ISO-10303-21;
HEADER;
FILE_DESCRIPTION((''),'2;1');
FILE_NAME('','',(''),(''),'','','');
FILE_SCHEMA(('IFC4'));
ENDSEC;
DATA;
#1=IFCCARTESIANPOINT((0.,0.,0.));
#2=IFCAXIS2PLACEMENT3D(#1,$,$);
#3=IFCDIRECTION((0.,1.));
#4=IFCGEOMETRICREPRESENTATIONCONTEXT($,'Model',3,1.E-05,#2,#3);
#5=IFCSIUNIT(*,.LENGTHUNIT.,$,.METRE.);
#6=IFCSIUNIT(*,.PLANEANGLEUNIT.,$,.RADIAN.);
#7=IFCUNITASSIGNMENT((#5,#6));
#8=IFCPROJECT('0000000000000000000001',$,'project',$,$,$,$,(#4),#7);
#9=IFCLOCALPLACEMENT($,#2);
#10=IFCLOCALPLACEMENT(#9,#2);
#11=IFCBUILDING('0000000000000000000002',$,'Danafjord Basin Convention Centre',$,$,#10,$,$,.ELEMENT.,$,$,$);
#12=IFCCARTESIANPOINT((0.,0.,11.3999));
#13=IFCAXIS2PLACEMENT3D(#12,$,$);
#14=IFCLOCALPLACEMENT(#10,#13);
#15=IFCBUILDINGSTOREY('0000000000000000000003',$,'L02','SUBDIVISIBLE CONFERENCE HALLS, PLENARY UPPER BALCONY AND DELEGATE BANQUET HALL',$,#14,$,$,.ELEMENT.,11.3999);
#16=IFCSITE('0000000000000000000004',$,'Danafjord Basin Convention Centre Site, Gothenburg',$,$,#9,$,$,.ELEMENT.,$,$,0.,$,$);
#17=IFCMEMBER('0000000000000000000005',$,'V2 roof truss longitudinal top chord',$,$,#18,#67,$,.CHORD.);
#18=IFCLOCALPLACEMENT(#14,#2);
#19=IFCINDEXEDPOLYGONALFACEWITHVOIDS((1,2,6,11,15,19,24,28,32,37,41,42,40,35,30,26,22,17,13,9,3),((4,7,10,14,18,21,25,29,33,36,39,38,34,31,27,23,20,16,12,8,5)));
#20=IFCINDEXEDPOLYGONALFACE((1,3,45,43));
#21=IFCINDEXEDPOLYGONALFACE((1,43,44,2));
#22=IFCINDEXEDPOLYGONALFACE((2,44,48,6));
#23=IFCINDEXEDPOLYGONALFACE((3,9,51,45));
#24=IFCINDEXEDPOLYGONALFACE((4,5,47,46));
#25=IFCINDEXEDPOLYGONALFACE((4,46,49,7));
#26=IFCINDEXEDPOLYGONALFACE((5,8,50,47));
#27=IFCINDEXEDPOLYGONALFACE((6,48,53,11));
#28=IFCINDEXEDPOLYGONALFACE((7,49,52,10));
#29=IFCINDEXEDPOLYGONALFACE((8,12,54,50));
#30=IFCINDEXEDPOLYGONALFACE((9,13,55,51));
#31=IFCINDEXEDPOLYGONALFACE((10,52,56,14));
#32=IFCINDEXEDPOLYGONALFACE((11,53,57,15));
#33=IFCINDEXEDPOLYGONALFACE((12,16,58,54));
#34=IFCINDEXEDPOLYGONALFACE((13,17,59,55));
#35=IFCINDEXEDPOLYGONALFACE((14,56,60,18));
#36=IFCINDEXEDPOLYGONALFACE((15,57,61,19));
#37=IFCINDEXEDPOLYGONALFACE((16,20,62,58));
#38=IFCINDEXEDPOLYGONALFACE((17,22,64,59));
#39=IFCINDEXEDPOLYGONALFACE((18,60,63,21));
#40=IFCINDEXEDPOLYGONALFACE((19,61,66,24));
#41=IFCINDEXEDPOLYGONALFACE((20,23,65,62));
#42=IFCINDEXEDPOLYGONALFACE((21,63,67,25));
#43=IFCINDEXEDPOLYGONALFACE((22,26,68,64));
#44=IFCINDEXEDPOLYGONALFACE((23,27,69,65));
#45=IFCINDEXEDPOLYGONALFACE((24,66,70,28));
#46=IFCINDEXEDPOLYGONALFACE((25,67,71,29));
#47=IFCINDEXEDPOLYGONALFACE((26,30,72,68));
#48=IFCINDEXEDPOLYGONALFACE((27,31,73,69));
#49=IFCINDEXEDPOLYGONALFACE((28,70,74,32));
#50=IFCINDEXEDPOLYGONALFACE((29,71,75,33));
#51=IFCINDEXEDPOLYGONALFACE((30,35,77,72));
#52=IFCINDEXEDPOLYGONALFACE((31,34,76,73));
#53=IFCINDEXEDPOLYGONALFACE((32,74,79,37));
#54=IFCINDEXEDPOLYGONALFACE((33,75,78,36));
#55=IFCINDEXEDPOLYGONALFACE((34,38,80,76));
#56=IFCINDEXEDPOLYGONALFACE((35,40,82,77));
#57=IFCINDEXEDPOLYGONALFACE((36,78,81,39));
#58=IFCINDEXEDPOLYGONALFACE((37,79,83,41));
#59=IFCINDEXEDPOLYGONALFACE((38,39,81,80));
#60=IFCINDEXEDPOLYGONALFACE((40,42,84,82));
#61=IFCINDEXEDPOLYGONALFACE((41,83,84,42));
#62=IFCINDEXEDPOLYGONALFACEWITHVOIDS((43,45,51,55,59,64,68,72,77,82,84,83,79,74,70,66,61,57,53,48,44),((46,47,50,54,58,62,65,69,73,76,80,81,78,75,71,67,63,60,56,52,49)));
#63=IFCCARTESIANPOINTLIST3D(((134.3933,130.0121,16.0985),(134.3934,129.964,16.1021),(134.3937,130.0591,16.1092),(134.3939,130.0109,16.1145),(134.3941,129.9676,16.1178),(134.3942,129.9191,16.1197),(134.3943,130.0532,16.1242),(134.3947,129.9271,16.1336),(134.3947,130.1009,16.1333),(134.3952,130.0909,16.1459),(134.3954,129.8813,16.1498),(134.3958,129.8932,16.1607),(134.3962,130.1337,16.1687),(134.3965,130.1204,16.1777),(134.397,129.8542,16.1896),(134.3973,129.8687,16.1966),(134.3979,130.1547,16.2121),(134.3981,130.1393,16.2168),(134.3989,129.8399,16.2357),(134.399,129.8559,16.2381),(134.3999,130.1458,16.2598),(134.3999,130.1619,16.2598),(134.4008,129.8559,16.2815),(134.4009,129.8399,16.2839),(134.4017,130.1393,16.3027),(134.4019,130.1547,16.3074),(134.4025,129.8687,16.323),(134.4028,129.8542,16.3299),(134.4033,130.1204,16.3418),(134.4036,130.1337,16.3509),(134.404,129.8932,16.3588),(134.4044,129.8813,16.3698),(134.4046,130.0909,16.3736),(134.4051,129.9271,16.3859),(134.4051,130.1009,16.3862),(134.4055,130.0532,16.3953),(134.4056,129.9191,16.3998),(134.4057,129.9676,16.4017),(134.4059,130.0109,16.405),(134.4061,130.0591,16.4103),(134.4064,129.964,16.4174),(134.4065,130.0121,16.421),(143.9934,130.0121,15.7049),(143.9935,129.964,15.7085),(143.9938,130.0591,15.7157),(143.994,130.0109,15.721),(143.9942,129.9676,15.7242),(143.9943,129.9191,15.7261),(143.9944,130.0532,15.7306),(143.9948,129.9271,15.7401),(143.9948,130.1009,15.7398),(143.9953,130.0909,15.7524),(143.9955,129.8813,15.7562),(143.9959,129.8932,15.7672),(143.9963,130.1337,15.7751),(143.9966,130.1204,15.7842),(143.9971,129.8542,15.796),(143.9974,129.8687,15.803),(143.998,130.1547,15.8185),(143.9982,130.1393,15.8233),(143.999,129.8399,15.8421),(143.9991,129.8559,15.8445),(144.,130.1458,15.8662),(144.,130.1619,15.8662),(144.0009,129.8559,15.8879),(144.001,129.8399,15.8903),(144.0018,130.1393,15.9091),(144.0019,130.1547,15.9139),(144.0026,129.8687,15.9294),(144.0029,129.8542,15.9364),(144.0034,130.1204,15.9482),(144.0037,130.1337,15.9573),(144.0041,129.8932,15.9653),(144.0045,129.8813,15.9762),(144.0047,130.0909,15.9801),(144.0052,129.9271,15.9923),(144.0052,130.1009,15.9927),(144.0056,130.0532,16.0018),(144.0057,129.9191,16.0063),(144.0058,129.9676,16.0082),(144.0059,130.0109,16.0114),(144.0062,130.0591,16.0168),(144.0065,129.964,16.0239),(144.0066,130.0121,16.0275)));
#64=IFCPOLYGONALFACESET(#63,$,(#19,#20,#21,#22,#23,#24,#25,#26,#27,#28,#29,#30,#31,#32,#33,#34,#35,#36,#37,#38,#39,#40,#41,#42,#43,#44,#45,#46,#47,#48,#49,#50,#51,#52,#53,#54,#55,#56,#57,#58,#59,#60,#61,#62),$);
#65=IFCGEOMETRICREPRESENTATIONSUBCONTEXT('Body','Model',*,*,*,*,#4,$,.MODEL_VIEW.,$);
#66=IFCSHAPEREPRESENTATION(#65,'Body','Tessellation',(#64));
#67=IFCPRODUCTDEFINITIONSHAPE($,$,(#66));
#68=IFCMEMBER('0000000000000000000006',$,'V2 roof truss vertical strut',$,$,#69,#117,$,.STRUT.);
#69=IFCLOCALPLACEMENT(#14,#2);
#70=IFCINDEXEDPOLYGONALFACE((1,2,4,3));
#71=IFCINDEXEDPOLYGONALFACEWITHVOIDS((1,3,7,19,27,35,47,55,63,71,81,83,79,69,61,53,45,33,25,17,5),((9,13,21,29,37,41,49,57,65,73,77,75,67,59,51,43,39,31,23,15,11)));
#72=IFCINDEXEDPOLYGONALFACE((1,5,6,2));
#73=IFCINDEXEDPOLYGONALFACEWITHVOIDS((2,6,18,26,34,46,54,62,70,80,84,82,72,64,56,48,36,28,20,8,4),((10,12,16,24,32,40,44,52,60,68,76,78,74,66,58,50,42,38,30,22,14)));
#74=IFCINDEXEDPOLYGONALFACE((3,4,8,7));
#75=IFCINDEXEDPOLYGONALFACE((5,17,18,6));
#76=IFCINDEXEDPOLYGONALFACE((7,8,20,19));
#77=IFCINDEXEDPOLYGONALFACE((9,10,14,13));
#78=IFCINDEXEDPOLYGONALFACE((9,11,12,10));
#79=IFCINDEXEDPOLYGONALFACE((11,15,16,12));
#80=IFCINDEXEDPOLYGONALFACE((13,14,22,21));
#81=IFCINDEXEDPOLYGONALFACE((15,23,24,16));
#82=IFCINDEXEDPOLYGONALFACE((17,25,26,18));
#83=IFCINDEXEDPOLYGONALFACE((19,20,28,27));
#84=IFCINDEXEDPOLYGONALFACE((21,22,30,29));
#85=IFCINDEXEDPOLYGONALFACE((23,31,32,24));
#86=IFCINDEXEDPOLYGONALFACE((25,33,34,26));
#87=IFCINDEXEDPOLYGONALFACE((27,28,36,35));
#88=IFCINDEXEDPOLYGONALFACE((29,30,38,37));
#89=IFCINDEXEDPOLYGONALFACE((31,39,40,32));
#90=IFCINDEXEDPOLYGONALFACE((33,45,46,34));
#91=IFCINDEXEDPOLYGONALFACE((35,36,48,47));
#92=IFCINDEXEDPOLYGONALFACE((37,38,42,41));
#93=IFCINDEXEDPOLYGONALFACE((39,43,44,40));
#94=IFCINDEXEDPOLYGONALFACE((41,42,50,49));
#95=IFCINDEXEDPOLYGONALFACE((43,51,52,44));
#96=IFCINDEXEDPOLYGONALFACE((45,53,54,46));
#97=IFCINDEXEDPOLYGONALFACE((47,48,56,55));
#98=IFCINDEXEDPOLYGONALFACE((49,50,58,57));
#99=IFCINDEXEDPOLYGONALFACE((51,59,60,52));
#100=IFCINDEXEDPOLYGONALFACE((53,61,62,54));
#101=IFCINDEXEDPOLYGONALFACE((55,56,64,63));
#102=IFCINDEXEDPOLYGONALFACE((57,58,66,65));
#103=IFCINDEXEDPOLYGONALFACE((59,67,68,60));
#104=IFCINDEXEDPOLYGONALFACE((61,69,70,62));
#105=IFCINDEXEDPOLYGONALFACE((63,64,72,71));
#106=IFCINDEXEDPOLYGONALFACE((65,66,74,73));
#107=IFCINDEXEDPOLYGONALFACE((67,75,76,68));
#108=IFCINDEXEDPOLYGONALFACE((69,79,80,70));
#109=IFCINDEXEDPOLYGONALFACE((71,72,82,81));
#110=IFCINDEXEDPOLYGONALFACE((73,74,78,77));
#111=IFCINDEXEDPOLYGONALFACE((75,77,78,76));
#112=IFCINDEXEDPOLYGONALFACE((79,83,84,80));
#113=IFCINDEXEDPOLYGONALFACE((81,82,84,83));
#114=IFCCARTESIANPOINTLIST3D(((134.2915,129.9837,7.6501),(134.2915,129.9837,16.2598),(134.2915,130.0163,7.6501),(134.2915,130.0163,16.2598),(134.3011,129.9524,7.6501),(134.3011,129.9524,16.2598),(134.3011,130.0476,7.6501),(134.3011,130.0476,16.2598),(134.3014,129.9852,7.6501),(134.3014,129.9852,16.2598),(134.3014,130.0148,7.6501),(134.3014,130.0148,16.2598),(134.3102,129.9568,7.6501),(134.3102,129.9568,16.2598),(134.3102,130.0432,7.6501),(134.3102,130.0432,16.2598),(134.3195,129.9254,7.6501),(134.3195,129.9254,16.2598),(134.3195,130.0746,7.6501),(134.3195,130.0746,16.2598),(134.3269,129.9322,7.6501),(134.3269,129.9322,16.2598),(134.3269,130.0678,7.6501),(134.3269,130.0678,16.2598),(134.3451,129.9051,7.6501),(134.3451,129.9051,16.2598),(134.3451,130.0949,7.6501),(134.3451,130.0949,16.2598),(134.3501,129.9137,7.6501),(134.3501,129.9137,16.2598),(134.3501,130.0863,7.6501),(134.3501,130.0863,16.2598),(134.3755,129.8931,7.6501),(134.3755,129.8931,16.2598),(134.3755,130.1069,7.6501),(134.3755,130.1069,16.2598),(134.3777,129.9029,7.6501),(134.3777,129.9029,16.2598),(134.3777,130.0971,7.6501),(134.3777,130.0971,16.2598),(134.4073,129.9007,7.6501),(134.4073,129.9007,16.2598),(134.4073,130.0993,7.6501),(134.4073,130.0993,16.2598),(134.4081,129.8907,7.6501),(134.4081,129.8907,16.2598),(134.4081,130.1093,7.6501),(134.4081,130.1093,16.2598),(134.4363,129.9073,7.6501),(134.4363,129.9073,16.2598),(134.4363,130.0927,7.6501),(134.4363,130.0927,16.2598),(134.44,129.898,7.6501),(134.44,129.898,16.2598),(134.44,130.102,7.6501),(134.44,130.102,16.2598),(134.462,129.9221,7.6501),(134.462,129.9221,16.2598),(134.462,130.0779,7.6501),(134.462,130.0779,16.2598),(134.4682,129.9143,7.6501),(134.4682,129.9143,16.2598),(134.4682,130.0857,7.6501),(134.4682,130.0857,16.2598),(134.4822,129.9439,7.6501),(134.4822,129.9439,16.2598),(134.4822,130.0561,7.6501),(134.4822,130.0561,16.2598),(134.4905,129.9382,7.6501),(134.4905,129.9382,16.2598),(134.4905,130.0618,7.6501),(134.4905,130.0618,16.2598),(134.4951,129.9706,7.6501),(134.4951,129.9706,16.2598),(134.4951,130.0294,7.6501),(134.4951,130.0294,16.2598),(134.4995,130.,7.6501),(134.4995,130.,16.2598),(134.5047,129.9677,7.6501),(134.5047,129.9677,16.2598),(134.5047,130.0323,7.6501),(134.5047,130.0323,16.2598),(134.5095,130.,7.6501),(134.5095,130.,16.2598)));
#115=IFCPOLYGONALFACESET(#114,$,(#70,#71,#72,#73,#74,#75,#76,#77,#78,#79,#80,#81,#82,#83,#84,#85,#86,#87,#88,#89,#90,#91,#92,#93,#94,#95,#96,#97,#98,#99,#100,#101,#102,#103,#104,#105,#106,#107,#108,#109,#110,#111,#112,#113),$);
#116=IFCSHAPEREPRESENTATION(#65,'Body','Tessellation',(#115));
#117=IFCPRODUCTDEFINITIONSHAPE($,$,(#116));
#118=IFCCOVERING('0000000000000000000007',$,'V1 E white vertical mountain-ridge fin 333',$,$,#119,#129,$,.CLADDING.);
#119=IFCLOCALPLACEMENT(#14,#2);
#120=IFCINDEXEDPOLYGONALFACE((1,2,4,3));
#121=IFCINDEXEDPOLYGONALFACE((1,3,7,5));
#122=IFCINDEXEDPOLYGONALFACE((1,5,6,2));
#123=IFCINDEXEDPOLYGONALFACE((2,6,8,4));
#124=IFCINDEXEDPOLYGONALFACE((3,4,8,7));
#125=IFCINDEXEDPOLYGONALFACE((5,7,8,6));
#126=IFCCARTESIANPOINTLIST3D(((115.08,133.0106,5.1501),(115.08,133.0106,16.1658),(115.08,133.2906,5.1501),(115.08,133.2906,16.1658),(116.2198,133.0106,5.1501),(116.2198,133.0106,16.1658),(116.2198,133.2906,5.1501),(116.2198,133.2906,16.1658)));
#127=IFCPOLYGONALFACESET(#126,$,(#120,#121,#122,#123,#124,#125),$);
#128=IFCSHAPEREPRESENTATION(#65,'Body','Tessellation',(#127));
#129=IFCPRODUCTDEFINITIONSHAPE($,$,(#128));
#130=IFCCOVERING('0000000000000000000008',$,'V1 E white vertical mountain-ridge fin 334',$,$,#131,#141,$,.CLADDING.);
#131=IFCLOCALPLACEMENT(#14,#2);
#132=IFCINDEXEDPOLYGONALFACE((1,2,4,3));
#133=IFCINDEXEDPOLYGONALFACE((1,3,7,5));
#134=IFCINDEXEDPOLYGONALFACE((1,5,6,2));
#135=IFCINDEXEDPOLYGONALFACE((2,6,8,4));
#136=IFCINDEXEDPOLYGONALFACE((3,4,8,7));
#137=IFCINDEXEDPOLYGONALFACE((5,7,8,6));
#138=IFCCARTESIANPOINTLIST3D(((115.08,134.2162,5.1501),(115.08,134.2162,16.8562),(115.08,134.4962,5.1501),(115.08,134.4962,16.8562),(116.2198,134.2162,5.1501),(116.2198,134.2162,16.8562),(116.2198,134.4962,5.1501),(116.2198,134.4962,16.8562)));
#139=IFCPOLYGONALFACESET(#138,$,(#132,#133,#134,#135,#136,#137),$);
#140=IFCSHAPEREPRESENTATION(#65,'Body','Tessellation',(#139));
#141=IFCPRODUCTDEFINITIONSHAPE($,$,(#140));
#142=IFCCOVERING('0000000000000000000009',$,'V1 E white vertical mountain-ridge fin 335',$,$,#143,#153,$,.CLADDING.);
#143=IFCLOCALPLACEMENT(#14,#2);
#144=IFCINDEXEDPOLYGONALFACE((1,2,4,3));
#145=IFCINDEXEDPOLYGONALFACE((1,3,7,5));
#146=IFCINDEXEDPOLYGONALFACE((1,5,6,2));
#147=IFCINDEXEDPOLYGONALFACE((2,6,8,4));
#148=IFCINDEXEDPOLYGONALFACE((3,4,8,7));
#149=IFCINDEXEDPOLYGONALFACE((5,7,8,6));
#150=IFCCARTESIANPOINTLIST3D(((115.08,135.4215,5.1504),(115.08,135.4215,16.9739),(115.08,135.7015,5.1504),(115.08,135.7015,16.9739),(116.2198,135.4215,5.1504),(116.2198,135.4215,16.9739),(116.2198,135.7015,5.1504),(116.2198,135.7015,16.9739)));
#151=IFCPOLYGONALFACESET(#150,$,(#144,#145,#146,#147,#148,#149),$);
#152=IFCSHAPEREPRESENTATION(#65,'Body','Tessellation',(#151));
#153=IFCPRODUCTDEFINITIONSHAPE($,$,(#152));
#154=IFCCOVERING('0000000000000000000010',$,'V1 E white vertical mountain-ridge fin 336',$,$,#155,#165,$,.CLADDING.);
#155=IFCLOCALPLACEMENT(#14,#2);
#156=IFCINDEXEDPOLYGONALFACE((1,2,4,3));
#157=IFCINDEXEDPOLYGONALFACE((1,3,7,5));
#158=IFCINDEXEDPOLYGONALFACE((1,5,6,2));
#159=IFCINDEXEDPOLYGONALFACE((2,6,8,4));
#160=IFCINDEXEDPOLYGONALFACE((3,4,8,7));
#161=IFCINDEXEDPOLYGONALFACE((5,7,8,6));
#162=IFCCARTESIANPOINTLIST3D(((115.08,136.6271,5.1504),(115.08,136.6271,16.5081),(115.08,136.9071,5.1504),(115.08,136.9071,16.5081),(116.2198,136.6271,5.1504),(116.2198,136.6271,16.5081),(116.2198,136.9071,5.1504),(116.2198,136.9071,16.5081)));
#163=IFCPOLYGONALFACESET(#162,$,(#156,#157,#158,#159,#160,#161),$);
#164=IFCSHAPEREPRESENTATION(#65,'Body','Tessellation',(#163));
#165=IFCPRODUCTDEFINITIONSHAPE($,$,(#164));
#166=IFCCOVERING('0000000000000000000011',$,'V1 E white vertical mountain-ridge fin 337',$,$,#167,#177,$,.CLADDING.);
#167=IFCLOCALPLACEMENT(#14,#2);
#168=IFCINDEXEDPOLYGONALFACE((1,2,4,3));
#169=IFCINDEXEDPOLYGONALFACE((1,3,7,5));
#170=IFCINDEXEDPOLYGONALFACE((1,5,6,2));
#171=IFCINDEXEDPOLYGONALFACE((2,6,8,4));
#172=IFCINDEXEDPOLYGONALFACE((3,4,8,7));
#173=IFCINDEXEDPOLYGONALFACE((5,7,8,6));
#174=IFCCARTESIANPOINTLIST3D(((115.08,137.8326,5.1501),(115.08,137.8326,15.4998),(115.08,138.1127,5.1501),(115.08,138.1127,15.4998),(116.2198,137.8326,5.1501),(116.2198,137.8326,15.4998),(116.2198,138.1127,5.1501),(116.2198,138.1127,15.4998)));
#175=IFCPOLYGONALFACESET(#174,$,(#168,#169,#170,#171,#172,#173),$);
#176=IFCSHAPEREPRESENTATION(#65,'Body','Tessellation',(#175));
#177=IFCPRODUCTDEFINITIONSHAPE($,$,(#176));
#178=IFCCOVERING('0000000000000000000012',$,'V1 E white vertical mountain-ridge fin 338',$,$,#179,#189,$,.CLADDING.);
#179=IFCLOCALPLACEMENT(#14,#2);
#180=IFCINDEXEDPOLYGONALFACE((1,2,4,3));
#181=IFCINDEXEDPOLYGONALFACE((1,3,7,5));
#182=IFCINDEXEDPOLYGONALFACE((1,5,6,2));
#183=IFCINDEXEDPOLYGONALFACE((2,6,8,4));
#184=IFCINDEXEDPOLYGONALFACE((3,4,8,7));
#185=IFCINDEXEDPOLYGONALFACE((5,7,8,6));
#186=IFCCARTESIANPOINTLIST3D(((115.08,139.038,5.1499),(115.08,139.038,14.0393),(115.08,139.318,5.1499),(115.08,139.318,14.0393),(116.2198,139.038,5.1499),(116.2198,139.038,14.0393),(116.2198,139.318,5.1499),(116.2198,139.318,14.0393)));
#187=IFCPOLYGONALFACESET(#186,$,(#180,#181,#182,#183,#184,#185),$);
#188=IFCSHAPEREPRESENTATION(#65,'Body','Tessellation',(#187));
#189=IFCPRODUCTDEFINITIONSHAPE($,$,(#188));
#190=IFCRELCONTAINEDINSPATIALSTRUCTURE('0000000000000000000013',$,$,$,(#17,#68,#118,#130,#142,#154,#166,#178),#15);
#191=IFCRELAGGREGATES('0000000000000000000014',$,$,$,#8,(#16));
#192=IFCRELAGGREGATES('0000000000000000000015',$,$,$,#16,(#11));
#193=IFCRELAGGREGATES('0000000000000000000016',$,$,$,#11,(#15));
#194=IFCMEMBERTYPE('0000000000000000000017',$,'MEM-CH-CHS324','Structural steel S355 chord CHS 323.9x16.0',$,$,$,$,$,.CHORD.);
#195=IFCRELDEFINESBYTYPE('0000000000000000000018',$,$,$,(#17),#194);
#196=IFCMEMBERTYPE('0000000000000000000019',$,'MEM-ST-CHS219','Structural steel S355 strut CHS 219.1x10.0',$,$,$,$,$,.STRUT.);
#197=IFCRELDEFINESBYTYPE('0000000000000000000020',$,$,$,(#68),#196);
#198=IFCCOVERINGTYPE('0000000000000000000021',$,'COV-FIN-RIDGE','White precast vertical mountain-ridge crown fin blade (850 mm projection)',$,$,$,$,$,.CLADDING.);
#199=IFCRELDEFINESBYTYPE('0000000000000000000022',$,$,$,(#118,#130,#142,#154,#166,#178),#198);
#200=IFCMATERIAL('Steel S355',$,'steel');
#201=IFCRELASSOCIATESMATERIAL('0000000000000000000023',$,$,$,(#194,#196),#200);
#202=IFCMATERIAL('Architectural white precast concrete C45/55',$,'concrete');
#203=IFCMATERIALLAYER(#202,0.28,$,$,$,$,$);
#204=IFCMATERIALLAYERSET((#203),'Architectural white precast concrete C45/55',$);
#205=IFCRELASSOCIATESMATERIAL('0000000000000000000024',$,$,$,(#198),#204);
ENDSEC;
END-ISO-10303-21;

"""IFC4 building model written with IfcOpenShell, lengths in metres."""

from ifc_helpers import new_model, si_unit, direction, frame, origin, origin_2d, place, context, subcontext, project, spatial, rectangle, hollow_circle, extrude, material, layer, layer_set, material_profile, profile_set, type_object, element, save


model = new_model("IFC4")

# Units and contexts
model_context = context("Model", 3, precision=1e-05, world=origin(), true_north=direction((0.0, 1.0)))
body_context = subcontext(model_context, "Body", "Model", "MODEL_VIEW")
ifc_project = project(units=[si_unit("LENGTHUNIT", "METRE"), si_unit("PLANEANGLEUNIT", "RADIAN")], contexts=[model_context])

# Site, building, storey
site_placement = place(None, origin())
site = spatial("IfcSite", under=ifc_project, at=site_placement, Name="Danafjord Basin Convention Centre Site, Gothenburg", CompositionType="ELEMENT", RefElevation=0.0)
building_placement = place(site_placement, origin())
building = spatial("IfcBuilding", under=site, at=building_placement, Name="Danafjord Basin Convention Centre", CompositionType="ELEMENT")
storey_placement = place(building_placement, frame((0.0, 0.0, 11.3999)))
storey = spatial("IfcBuildingStorey", under=building, at=storey_placement, Name="L02", Description="SUBDIVISIBLE CONFERENCE HALLS, PLENARY UPPER BALCONY AND DELEGATE BANQUET HALL", CompositionType="ELEMENT", Elevation=11.3999)

# Shared definitions
ifc_material_1 = material(Name="Steel S355", Category="steel")

# Members
ifc_material_profile_1 = material_profile(ifc_material_1, hollow_circle(Radius=0.1619, WallThickness=0.0161, at=origin_2d()), Name="CHS 323.9x16.0")
ifc_profile_set_1 = profile_set([ifc_material_profile_1], Name="Steel S355")
member_type_1 = type_object("IfcMemberType", Name="MEM-CH-CHS324", Description="Structural steel S355 chord CHS 323.9x16.0", PredefinedType="CHORD", material=ifc_profile_set_1)
member_1_placement = place(storey_placement, frame((134.3999, 130.0, 16.2598), z_axis=(0.999161, 0.0, -0.04096), x_axis=(0.0, 1.0, 0.0)))
element("IfcMember", 1, at=member_1_placement, inside=storey, type_object=member_type_1, Name="V2 roof truss longitudinal top chord", PredefinedType="CHORD", context=body_context, shape_type="SweptSolid", body=[
    extrude(hollow_circle(Radius=0.1619, WallThickness=0.0161, at=origin_2d()), origin(), (0.0, 0.0, 1.0), 9.6082),
])
ifc_material_profile_2 = material_profile(ifc_material_1, hollow_circle(Radius=0.1096, WallThickness=0.01, at=origin_2d()), Name="CHS 219.1x10.0")
ifc_profile_set_2 = profile_set([ifc_material_profile_2], Name="Steel S355")
member_type_2 = type_object("IfcMemberType", Name="MEM-ST-CHS219", Description="Structural steel S355 strut CHS 219.1x10.0", PredefinedType="STRUT", material=ifc_profile_set_2)
member_2_placement = place(storey_placement, frame((134.3999, 130.0, 7.6501), z_axis=(0.0, 0.0, 1.0), x_axis=(1.0, 0.0, 0.0)))
element("IfcMember", 2, at=member_2_placement, inside=storey, type_object=member_type_2, Name="V2 roof truss vertical strut", PredefinedType="STRUT", context=body_context, shape_type="SweptSolid", body=[
    extrude(hollow_circle(Radius=0.1096, WallThickness=0.01, at=origin_2d()), origin(), (0.0, 0.0, 1.0), 8.6096),
])

# Coverings
ifc_material_2 = material(Name="Architectural white precast concrete C45/55", Category="concrete")
ifc_layer = layer(ifc_material_2, 0.28)
ifc_layer_set = layer_set([ifc_layer], Name="Architectural white precast concrete C45/55")
covering_type = type_object("IfcCoveringType", Name="COV-FIN-RIDGE", Description="White precast vertical mountain-ridge crown fin blade (850 mm projection)", PredefinedType="CLADDING", material=ifc_layer_set)
covering_1_placement = place(storey_placement, frame((115.6499, 133.1506, 5.1501), z_axis=(0.0, 0.0, 1.0), x_axis=(1.0, 0.0, 0.0)))
element("IfcCovering", 3, at=covering_1_placement, inside=storey, type_object=covering_type, Name="V1 E white vertical mountain-ridge fin 333", PredefinedType="CLADDING", context=body_context, shape_type="SweptSolid", body=[
    extrude(rectangle(XDim=1.1399, YDim=0.28, at=origin_2d()), origin(), (0.0, 0.0, 1.0), 11.0156),
])
covering_2_placement = place(storey_placement, frame((115.6499, 134.3562, 5.1501), z_axis=(0.0, 0.0, 1.0), x_axis=(1.0, 0.0, 0.0)))
element("IfcCovering", 4, at=covering_2_placement, inside=storey, type_object=covering_type, Name="V1 E white vertical mountain-ridge fin 334", PredefinedType="CLADDING", context=body_context, shape_type="SweptSolid", body=[
    extrude(rectangle(XDim=1.1399, YDim=0.28, at=origin_2d()), origin(), (0.0, 0.0, 1.0), 11.7061),
])
covering_3_placement = place(storey_placement, frame((115.6499, 135.5615, 5.1504), z_axis=(0.0, 0.0, 1.0), x_axis=(1.0, 0.0, 0.0)))
element("IfcCovering", 5, at=covering_3_placement, inside=storey, type_object=covering_type, Name="V1 E white vertical mountain-ridge fin 335", PredefinedType="CLADDING", context=body_context, shape_type="SweptSolid", body=[
    extrude(rectangle(XDim=1.1399, YDim=0.28, at=origin_2d()), origin(), (0.0, 0.0, 1.0), 11.8235),
])
covering_4_placement = place(storey_placement, frame((115.6499, 136.7671, 5.1504), z_axis=(0.0, 0.0, 1.0), x_axis=(1.0, 0.0, 0.0)))
element("IfcCovering", 6, at=covering_4_placement, inside=storey, type_object=covering_type, Name="V1 E white vertical mountain-ridge fin 336", PredefinedType="CLADDING", context=body_context, shape_type="SweptSolid", body=[
    extrude(rectangle(XDim=1.1399, YDim=0.28, at=origin_2d()), origin(), (0.0, 0.0, 1.0), 11.3577),
])
covering_5_placement = place(storey_placement, frame((115.6499, 137.9727, 5.1501), z_axis=(0.0, 0.0, 1.0), x_axis=(1.0, 0.0, 0.0)))
element("IfcCovering", 7, at=covering_5_placement, inside=storey, type_object=covering_type, Name="V1 E white vertical mountain-ridge fin 337", PredefinedType="CLADDING", context=body_context, shape_type="SweptSolid", body=[
    extrude(rectangle(XDim=1.1399, YDim=0.28, at=origin_2d()), origin(), (0.0, 0.0, 1.0), 10.3496),
])
covering_6_placement = place(storey_placement, frame((115.6499, 139.178, 5.1499), z_axis=(0.0, 0.0, 1.0), x_axis=(1.0, 0.0, 0.0)))
element("IfcCovering", 8, at=covering_6_placement, inside=storey, type_object=covering_type, Name="V1 E white vertical mountain-ridge fin 338", PredefinedType="CLADDING", context=body_context, shape_type="SweptSolid", body=[
    extrude(rectangle(XDim=1.1399, YDim=0.28, at=origin_2d()), origin(), (0.0, 0.0, 1.0), 8.8894),
])

save(model, "model.ifc")
